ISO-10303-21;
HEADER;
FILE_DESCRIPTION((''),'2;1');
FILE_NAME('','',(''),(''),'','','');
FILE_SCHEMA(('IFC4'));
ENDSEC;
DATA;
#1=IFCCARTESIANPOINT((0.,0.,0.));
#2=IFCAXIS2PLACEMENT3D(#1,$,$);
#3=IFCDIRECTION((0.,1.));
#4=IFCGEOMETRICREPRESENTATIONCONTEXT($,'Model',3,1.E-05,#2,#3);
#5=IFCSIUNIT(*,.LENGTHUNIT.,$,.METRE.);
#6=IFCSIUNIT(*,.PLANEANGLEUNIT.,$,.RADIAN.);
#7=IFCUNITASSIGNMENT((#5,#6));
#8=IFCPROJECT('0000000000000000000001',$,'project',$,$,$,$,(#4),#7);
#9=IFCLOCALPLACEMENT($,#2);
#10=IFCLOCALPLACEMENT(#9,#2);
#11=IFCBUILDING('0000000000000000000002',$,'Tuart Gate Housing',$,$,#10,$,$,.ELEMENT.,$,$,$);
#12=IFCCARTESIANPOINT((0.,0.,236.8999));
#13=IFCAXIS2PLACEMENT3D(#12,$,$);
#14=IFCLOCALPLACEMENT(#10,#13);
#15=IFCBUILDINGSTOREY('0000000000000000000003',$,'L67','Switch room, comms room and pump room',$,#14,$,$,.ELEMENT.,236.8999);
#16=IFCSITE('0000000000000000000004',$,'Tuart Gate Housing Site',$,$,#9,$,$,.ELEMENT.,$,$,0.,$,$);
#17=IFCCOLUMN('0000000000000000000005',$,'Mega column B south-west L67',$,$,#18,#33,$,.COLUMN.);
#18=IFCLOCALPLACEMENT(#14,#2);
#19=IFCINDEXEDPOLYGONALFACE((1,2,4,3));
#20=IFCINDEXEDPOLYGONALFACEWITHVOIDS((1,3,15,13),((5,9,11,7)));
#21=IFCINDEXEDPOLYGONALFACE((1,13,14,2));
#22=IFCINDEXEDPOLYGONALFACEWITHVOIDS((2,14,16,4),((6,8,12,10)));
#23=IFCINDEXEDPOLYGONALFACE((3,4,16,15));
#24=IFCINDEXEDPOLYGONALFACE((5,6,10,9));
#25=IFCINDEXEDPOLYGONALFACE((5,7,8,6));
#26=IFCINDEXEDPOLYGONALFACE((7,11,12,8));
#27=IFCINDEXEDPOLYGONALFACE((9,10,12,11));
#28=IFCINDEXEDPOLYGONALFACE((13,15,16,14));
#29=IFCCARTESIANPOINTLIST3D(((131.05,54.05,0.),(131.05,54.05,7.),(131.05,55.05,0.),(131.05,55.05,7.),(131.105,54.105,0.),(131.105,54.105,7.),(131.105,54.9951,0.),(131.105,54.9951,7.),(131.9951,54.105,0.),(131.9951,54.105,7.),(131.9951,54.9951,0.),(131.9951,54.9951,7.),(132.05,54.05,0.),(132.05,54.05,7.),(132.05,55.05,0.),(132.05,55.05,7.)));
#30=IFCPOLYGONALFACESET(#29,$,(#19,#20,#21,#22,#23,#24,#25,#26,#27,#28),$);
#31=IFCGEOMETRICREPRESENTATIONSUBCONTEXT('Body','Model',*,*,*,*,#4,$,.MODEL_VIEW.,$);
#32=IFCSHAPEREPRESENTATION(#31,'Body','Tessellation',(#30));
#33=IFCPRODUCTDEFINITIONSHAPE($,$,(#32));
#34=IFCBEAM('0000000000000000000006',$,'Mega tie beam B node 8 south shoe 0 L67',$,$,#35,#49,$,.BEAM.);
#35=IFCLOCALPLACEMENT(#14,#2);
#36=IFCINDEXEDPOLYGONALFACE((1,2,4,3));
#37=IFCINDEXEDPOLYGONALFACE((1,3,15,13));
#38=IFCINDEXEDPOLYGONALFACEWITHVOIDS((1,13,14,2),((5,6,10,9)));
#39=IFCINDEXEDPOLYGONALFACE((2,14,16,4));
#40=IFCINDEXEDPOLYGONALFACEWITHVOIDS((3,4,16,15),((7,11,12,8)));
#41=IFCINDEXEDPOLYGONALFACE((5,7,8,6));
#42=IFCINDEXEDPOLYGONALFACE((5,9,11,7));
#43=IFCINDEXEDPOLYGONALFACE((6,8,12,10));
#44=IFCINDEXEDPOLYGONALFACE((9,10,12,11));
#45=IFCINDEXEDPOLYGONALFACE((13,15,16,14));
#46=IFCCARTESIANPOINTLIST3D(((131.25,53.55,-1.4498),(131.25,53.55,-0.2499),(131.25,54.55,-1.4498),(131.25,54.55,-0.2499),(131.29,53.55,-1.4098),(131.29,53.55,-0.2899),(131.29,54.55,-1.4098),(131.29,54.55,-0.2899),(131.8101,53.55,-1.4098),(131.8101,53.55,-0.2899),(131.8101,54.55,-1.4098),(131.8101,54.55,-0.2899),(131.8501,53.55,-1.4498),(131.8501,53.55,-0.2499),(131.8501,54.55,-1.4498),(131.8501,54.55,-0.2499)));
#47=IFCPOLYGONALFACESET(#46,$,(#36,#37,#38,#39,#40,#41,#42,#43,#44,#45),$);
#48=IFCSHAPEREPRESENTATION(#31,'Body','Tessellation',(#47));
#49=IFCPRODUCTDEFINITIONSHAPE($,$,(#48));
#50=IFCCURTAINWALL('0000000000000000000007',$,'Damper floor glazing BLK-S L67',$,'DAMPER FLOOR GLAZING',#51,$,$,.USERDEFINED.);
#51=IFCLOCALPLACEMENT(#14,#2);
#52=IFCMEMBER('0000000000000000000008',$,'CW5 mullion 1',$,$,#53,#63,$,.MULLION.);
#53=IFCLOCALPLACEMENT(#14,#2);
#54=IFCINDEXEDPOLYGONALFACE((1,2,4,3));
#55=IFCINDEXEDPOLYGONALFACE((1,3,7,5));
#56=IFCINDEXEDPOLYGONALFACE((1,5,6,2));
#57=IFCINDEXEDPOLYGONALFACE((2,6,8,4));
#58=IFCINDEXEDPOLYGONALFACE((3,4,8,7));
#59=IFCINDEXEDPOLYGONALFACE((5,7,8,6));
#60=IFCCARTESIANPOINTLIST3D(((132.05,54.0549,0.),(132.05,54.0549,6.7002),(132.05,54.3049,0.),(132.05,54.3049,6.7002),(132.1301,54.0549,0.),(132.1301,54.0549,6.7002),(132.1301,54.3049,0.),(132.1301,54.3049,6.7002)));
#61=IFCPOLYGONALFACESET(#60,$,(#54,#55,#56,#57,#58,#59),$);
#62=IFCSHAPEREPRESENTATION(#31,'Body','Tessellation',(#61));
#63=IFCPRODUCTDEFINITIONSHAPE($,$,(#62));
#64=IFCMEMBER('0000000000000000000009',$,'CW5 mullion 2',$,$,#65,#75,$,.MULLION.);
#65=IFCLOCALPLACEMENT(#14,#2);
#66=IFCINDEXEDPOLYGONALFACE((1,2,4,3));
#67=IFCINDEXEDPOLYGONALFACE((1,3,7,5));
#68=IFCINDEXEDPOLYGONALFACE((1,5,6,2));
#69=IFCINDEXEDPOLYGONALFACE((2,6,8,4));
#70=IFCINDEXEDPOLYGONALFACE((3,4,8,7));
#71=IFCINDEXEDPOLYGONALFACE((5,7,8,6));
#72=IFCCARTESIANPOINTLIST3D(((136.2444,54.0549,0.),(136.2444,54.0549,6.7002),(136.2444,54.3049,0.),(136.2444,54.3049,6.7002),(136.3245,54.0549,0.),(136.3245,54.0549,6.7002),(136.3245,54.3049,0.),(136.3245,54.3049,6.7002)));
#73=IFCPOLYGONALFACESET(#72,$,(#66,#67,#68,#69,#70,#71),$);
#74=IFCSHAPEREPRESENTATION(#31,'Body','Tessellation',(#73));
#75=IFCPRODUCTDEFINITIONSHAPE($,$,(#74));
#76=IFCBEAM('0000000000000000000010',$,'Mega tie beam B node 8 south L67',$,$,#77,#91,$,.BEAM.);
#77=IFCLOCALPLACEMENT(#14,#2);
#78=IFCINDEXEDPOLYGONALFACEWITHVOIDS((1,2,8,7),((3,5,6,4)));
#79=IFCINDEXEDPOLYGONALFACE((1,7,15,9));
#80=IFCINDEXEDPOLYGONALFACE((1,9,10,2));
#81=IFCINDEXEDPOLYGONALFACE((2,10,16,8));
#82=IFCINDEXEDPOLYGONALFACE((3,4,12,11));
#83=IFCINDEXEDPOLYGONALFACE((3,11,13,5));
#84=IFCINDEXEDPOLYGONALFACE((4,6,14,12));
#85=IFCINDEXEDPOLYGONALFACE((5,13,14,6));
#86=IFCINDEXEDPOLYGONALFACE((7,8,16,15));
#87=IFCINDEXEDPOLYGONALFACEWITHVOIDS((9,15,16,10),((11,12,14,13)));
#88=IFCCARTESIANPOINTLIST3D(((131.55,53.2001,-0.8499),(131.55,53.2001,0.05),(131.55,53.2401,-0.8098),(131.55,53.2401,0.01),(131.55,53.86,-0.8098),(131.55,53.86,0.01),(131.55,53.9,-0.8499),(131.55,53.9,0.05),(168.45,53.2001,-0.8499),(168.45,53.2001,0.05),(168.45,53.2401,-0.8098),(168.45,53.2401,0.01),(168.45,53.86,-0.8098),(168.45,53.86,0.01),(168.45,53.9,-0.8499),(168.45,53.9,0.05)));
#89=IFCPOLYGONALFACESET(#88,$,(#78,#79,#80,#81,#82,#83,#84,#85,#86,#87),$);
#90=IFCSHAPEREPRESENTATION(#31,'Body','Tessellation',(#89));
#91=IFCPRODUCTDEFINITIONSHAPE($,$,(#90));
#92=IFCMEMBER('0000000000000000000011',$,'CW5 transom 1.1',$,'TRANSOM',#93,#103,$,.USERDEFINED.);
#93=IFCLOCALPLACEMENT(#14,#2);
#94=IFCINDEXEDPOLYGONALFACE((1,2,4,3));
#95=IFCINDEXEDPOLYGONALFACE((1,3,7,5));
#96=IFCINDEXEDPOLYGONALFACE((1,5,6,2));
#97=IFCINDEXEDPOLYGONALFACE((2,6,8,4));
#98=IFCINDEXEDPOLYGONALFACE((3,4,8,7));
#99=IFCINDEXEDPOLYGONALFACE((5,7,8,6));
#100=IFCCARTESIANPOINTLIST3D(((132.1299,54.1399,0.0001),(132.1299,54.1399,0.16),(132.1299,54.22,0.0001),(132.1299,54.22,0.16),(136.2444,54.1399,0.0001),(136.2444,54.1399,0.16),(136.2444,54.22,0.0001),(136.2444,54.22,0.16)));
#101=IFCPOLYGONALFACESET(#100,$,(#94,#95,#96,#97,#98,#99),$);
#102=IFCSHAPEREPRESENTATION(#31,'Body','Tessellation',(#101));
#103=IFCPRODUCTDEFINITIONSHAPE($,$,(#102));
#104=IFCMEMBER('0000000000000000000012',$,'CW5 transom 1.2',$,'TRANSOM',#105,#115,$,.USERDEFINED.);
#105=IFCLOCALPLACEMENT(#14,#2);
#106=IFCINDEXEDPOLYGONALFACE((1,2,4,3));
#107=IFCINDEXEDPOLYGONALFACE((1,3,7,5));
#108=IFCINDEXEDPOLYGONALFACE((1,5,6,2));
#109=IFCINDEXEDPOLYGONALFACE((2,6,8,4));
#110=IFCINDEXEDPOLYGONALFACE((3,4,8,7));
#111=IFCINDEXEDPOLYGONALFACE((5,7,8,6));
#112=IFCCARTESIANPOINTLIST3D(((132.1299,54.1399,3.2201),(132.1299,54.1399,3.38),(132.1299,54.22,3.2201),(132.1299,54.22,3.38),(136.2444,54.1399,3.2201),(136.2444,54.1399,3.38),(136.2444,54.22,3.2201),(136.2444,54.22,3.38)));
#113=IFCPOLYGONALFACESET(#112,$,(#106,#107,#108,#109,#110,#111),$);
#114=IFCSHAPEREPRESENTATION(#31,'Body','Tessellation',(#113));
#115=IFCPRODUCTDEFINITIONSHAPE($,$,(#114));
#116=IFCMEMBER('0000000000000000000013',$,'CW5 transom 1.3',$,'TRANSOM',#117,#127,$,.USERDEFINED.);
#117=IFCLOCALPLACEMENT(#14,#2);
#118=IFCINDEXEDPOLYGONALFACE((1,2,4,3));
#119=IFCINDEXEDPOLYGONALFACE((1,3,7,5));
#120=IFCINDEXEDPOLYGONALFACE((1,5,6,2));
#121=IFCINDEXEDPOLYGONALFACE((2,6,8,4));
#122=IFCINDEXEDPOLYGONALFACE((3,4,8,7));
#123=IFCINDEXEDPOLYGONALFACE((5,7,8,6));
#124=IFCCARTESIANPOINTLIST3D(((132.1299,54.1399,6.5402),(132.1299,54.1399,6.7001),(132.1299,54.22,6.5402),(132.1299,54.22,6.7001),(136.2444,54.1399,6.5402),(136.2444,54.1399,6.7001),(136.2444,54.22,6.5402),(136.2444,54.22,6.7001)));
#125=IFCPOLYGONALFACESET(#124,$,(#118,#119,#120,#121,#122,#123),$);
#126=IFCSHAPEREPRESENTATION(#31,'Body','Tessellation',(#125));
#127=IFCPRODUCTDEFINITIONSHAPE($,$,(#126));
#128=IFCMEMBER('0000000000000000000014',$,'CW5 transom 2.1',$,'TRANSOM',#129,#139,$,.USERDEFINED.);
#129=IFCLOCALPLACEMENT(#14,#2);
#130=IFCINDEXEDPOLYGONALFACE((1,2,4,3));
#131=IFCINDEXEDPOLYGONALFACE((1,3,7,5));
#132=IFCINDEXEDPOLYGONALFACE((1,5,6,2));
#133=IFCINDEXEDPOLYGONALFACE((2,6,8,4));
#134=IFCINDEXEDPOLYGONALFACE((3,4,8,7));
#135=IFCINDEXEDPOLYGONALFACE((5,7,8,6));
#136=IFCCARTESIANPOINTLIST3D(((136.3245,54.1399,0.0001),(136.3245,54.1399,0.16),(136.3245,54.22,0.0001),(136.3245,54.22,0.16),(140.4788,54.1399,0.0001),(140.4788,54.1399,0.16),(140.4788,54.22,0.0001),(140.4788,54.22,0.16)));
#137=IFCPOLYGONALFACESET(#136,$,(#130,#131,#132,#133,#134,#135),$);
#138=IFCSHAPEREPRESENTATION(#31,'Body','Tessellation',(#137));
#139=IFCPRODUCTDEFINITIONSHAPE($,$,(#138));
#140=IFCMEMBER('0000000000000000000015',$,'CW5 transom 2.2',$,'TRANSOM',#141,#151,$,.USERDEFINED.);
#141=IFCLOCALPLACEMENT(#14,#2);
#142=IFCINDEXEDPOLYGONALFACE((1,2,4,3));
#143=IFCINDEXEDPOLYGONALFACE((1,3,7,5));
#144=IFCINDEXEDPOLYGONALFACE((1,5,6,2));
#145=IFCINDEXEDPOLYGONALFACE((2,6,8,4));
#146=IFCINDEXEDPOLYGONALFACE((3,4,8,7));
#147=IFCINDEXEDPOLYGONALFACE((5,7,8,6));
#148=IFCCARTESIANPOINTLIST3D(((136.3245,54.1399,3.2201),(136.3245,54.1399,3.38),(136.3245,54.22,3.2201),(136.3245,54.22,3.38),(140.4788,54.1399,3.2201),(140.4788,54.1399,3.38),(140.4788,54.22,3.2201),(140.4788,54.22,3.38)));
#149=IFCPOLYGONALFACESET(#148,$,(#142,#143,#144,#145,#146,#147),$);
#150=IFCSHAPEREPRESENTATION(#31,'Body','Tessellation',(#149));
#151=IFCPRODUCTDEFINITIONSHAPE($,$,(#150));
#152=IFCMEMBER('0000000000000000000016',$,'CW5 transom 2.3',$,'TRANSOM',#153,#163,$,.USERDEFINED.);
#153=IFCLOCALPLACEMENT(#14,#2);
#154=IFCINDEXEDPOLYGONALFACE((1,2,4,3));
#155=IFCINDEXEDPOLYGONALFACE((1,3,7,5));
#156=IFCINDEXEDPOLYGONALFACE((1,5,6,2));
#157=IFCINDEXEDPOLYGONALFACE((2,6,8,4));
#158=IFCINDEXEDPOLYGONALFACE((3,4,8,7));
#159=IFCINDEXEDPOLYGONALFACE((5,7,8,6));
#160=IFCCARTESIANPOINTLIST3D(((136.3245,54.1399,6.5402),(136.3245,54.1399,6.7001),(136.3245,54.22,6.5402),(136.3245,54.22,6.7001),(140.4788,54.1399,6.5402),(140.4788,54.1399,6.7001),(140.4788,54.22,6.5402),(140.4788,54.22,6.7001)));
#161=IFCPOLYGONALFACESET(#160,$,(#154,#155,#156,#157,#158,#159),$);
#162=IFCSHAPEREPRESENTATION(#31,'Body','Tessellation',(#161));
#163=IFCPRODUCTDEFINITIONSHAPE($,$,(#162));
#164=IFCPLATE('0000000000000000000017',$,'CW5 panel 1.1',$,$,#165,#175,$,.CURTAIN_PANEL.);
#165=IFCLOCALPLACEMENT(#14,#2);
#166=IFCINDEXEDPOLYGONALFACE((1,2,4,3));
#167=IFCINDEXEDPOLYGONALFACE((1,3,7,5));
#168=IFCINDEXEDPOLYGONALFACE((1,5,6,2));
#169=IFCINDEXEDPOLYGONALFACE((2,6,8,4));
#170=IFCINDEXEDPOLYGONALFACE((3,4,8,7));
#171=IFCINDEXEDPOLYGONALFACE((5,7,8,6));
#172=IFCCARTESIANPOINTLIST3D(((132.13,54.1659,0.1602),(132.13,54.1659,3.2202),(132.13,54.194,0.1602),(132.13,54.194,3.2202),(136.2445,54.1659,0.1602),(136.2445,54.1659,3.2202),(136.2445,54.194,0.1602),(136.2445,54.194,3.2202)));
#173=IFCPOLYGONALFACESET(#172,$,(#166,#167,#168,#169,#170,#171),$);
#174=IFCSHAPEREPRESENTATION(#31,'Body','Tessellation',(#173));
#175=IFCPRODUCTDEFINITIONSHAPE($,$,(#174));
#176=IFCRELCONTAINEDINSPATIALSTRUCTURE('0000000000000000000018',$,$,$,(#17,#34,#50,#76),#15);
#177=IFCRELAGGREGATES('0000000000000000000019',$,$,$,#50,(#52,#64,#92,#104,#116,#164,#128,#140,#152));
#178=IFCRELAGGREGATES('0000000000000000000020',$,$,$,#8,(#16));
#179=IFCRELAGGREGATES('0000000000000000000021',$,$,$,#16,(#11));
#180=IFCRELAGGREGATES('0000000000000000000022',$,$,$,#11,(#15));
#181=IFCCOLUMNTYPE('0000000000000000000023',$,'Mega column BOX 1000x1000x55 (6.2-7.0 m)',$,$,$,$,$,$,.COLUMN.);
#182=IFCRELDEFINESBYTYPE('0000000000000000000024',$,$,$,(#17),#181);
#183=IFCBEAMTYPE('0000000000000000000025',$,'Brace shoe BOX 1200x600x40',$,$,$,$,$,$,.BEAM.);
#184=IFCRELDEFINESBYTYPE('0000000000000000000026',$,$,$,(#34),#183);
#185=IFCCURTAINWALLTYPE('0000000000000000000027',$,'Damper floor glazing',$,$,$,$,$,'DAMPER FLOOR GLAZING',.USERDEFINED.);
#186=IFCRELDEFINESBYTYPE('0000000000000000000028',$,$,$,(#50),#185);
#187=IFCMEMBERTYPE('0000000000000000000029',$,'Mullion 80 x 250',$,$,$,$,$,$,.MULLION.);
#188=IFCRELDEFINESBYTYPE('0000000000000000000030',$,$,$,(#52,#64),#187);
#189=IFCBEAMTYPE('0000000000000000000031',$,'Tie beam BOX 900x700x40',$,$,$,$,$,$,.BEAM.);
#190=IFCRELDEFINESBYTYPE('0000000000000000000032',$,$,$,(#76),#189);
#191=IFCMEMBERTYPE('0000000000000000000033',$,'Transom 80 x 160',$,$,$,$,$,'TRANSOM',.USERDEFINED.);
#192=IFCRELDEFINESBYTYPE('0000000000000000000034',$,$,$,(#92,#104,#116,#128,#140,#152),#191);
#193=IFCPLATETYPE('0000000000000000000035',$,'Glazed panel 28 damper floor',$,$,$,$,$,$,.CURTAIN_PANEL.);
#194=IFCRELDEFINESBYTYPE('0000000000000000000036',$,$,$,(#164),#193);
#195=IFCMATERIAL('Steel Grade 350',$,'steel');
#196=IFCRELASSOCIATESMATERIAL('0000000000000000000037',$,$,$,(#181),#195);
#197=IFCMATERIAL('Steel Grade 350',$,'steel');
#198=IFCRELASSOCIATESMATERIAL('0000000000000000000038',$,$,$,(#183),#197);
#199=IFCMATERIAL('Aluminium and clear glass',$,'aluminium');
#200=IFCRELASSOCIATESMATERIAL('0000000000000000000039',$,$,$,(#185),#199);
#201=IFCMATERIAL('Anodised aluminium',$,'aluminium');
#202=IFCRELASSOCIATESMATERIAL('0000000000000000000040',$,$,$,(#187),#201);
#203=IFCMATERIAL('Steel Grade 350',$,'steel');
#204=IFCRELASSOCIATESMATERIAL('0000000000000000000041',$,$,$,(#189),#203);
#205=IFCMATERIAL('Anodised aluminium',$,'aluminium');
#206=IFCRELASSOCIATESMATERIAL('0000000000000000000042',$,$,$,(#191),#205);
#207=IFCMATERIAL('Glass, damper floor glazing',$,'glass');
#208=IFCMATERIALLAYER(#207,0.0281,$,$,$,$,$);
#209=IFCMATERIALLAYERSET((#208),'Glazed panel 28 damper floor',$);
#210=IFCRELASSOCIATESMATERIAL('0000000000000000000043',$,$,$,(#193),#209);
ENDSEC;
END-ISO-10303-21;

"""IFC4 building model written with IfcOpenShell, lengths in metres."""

from ifc_helpers import new_model, si_unit, direction, frame, origin, origin_2d, place, context, subcontext, project, spatial, rectangle, hollow_rectangle, extrude, material, layer, layer_set, material_profile, profile_set, type_object, element, aggregate, save


model = new_model("IFC4")

# Units and contexts
model_context = context("Model", 3, precision=1e-05, world=origin(), true_north=direction((0.0, 1.0)))
body_context = subcontext(model_context, "Body", "Model", "MODEL_VIEW")
ifc_project = project(units=[si_unit("LENGTHUNIT", "METRE"), si_unit("PLANEANGLEUNIT", "RADIAN")], contexts=[model_context])

# Site, building, storey
site_placement = place(None, origin())
site = spatial("IfcSite", under=ifc_project, at=site_placement, Name="Tuart Gate Housing Site", CompositionType="ELEMENT", RefElevation=0.0)
building_placement = place(site_placement, origin())
building = spatial("IfcBuilding", under=site, at=building_placement, Name="Tuart Gate Housing", CompositionType="ELEMENT")
storey_placement = place(building_placement, frame((0.0, 0.0, 236.8999)))
storey = spatial("IfcBuildingStorey", under=building, at=storey_placement, Name="L67", Description="Switch room, comms room and pump room", CompositionType="ELEMENT", Elevation=236.8999)

# Column
ifc_material_1 = material(Name="Steel Grade 350", Category="steel")
ifc_material_profile_1 = material_profile(ifc_material_1, hollow_rectangle(XDim=1.0, YDim=1.0, WallThickness=0.0549, at=origin_2d()), Name="BOX 1000x1000x55")
ifc_profile_set_1 = profile_set([ifc_material_profile_1], Name="Steel Grade 350")
column_type = type_object("IfcColumnType", Name="Mega column BOX 1000x1000x55 (6.2-7.0 m)", PredefinedType="COLUMN", material=ifc_profile_set_1)
column_placement = place(storey_placement, frame((131.55, 54.55, 0.0), z_axis=(0.0, 0.0, 1.0), x_axis=(1.0, 0.0, 0.0)))
element("IfcColumn", 1, at=column_placement, inside=storey, type_object=column_type, Name="Mega column B south-west L67", PredefinedType="COLUMN", context=body_context, shape_type="SweptSolid", body=[
    extrude(hollow_rectangle(XDim=1.0, YDim=1.0, WallThickness=0.0549, at=origin_2d()), origin(), (0.0, 0.0, 1.0), 7.0),
])

# Beam
ifc_material_2 = material(Name="Steel Grade 350", Category="steel")
ifc_material_profile_2 = material_profile(ifc_material_2, hollow_rectangle(XDim=0.6001, YDim=1.2, WallThickness=0.04, at=origin_2d()), Name="BOX 1200x600x40")
ifc_profile_set_2 = profile_set([ifc_material_profile_2], Name="Steel Grade 350")
beam_type_1 = type_object("IfcBeamType", Name="Brace shoe BOX 1200x600x40", PredefinedType="BEAM", material=ifc_profile_set_2)
beam_1_placement = place(storey_placement, frame((131.55, 54.55, -0.8499), z_axis=(0.0, -1.0, 0.0), x_axis=(1.0, 0.0, 0.0)))
element("IfcBeam", 2, at=beam_1_placement, inside=storey, type_object=beam_type_1, Name="Mega tie beam B node 8 south shoe 0 L67", PredefinedType="BEAM", context=body_context, shape_type="SweptSolid", body=[
    extrude(hollow_rectangle(XDim=0.6001, YDim=1.2, WallThickness=0.04, at=origin_2d()), origin(), (0.0, 0.0, 1.0), 1.0),
])

# Curtain wall, members
ifc_material_3 = material(Name="Aluminium and clear glass", Category="aluminium")
curtain_wall_type = type_object("IfcCurtainWallType", Name="Damper floor glazing", ElementType="DAMPER FLOOR GLAZING", PredefinedType="USERDEFINED", material=ifc_material_3)
curtain_wall_placement = place(storey_placement, origin())
curtain_wall = element("IfcCurtainWall", 3, at=curtain_wall_placement, inside=storey, type_object=curtain_wall_type, Name="Damper floor glazing BLK-S L67", ObjectType="DAMPER FLOOR GLAZING", PredefinedType="USERDEFINED")
ifc_material_4 = material(Name="Anodised aluminium", Category="aluminium")
ifc_material_profile_3 = material_profile(ifc_material_4, rectangle(XDim=0.0801, YDim=0.25, at=origin_2d()), Name="80x250")
ifc_profile_set_3 = profile_set([ifc_material_profile_3], Name="Anodised aluminium")
member_type_1 = type_object("IfcMemberType", Name="Mullion 80 x 250", PredefinedType="MULLION", material=ifc_profile_set_3)
member_1_placement = place(storey_placement, frame((132.0901, 54.1799, 0.0), z_axis=(0.0, 0.0, 1.0), x_axis=(1.0, 0.0, 0.0)))
member_1 = element("IfcMember", 4, at=member_1_placement, type_object=member_type_1, Name="CW5 mullion 1", PredefinedType="MULLION", context=body_context, shape_type="SweptSolid", body=[
    extrude(rectangle(XDim=0.0801, YDim=0.25, at=origin_2d()), origin(), (0.0, 0.0, 1.0), 6.7002),
])
member_2_placement = place(storey_placement, frame((136.2844, 54.1799, 0.0), z_axis=(0.0, 0.0, 1.0), x_axis=(1.0, 0.0, 0.0)))
member_2 = element("IfcMember", 5, at=member_2_placement, type_object=member_type_1, Name="CW5 mullion 2", PredefinedType="MULLION", context=body_context, shape_type="SweptSolid", body=[
    extrude(rectangle(XDim=0.0801, YDim=0.25, at=origin_2d()), origin(), (0.0, 0.0, 1.0), 6.7002),
])

# Beam
ifc_material_5 = material(Name="Steel Grade 350", Category="steel")
ifc_material_profile_4 = material_profile(ifc_material_5, hollow_rectangle(XDim=0.7, YDim=0.8999, WallThickness=0.04, at=origin_2d()), Name="BOX 900x700x40")
ifc_profile_set_4 = profile_set([ifc_material_profile_4], Name="Steel Grade 350")
beam_type_2 = type_object("IfcBeamType", Name="Tie beam BOX 900x700x40", PredefinedType="BEAM", material=ifc_profile_set_4)
beam_2_placement = place(storey_placement, frame((131.55, 53.55, -0.3999), z_axis=(1.0, 0.0, 0.0), x_axis=(0.0, 1.0, 0.0)))
element("IfcBeam", 6, at=beam_2_placement, inside=storey, type_object=beam_type_2, Name="Mega tie beam B node 8 south L67", PredefinedType="BEAM", context=body_context, shape_type="SweptSolid", body=[
    extrude(hollow_rectangle(XDim=0.7, YDim=0.8999, WallThickness=0.04, at=origin_2d()), origin(), (0.0, 0.0, 1.0), 36.8999),
])

# Members
ifc_material_6 = material(Name="Anodised aluminium", Category="aluminium")
ifc_material_profile_5 = material_profile(ifc_material_6, rectangle(XDim=0.0801, YDim=0.1599, at=origin_2d()), Name="80x160")
ifc_profile_set_5 = profile_set([ifc_material_profile_5], Name="Anodised aluminium")
member_type_2 = type_object("IfcMemberType", Name="Transom 80 x 160", ElementType="TRANSOM", PredefinedType="USERDEFINED", material=ifc_profile_set_5)
member_3_placement = place(storey_placement, frame((132.1299, 54.1799, 0.0801), z_axis=(1.0, 0.0, 0.0), x_axis=(0.0, 1.0, 0.0)))
member_3 = element("IfcMember", 7, at=member_3_placement, type_object=member_type_2, Name="CW5 transom 1.1", ObjectType="TRANSOM", PredefinedType="USERDEFINED", context=body_context, shape_type="SweptSolid", body=[
    extrude(rectangle(XDim=0.0801, YDim=0.1599, at=origin_2d()), origin(), (0.0, 0.0, 1.0), 4.1145),
])
member_4_placement = place(storey_placement, frame((132.1299, 54.1799, 3.3), z_axis=(1.0, 0.0, 0.0), x_axis=(0.0, 1.0, 0.0)))
member_4 = element("IfcMember", 8, at=member_4_placement, type_object=member_type_2, Name="CW5 transom 1.2", ObjectType="TRANSOM", PredefinedType="USERDEFINED", context=body_context, shape_type="SweptSolid", body=[
    extrude(rectangle(XDim=0.0801, YDim=0.1599, at=origin_2d()), origin(), (0.0, 0.0, 1.0), 4.1145),
])
member_5_placement = place(storey_placement, frame((132.1299, 54.1799, 6.6201), z_axis=(1.0, 0.0, 0.0), x_axis=(0.0, 1.0, 0.0)))
member_5 = element("IfcMember", 9, at=member_5_placement, type_object=member_type_2, Name="CW5 transom 1.3", ObjectType="TRANSOM", PredefinedType="USERDEFINED", context=body_context, shape_type="SweptSolid", body=[
    extrude(rectangle(XDim=0.0801, YDim=0.1599, at=origin_2d()), origin(), (0.0, 0.0, 1.0), 4.1145),
])
member_6_placement = place(storey_placement, frame((136.3245, 54.1799, 0.0801), z_axis=(1.0, 0.0, 0.0), x_axis=(0.0, 1.0, 0.0)))
member_6 = element("IfcMember", 10, at=member_6_placement, type_object=member_type_2, Name="CW5 transom 2.1", ObjectType="TRANSOM", PredefinedType="USERDEFINED", context=body_context, shape_type="SweptSolid", body=[
    extrude(rectangle(XDim=0.0801, YDim=0.1599, at=origin_2d()), origin(), (0.0, 0.0, 1.0), 4.1543),
])
member_7_placement = place(storey_placement, frame((136.3245, 54.1799, 3.3), z_axis=(1.0, 0.0, 0.0), x_axis=(0.0, 1.0, 0.0)))
member_7 = element("IfcMember", 11, at=member_7_placement, type_object=member_type_2, Name="CW5 transom 2.2", ObjectType="TRANSOM", PredefinedType="USERDEFINED", context=body_context, shape_type="SweptSolid", body=[
    extrude(rectangle(XDim=0.0801, YDim=0.1599, at=origin_2d()), origin(), (0.0, 0.0, 1.0), 4.1543),
])
member_8_placement = place(storey_placement, frame((136.3245, 54.1799, 6.6201), z_axis=(1.0, 0.0, 0.0), x_axis=(0.0, 1.0, 0.0)))
member_8 = element("IfcMember", 12, at=member_8_placement, type_object=member_type_2, Name="CW5 transom 2.3", ObjectType="TRANSOM", PredefinedType="USERDEFINED", context=body_context, shape_type="SweptSolid", body=[
    extrude(rectangle(XDim=0.0801, YDim=0.1599, at=origin_2d()), origin(), (0.0, 0.0, 1.0), 4.1543),
])

# Plate
ifc_material_7 = material(Name="Glass, damper floor glazing", Category="glass")
ifc_layer_1 = layer(ifc_material_7, 0.0281)
ifc_layer_set_1 = layer_set([ifc_layer_1], Name="Glazed panel 28 damper floor")
plate_type = type_object("IfcPlateType", Name="Glazed panel 28 damper floor", PredefinedType="CURTAIN_PANEL", material=ifc_layer_set_1)
plate_1_placement = place(storey_placement, frame((134.1873, 54.1799, 0.1602), z_axis=(0.0, 0.0, 1.0), x_axis=(1.0, 0.0, 0.0)))
plate_1 = element("IfcPlate", 13, at=plate_1_placement, type_object=plate_type, Name="CW5 panel 1.1", PredefinedType="CURTAIN_PANEL", context=body_context, shape_type="SweptSolid", body=[
    extrude(rectangle(XDim=4.1145, YDim=0.0281, at=origin_2d()), origin(), (0.0, 0.0, 1.0), 3.0601),
])
aggregate(curtain_wall, [member_1, member_2, member_3, member_4, member_5, plate_1, member_6, member_7, member_8])

save(model, "model.ifc")
